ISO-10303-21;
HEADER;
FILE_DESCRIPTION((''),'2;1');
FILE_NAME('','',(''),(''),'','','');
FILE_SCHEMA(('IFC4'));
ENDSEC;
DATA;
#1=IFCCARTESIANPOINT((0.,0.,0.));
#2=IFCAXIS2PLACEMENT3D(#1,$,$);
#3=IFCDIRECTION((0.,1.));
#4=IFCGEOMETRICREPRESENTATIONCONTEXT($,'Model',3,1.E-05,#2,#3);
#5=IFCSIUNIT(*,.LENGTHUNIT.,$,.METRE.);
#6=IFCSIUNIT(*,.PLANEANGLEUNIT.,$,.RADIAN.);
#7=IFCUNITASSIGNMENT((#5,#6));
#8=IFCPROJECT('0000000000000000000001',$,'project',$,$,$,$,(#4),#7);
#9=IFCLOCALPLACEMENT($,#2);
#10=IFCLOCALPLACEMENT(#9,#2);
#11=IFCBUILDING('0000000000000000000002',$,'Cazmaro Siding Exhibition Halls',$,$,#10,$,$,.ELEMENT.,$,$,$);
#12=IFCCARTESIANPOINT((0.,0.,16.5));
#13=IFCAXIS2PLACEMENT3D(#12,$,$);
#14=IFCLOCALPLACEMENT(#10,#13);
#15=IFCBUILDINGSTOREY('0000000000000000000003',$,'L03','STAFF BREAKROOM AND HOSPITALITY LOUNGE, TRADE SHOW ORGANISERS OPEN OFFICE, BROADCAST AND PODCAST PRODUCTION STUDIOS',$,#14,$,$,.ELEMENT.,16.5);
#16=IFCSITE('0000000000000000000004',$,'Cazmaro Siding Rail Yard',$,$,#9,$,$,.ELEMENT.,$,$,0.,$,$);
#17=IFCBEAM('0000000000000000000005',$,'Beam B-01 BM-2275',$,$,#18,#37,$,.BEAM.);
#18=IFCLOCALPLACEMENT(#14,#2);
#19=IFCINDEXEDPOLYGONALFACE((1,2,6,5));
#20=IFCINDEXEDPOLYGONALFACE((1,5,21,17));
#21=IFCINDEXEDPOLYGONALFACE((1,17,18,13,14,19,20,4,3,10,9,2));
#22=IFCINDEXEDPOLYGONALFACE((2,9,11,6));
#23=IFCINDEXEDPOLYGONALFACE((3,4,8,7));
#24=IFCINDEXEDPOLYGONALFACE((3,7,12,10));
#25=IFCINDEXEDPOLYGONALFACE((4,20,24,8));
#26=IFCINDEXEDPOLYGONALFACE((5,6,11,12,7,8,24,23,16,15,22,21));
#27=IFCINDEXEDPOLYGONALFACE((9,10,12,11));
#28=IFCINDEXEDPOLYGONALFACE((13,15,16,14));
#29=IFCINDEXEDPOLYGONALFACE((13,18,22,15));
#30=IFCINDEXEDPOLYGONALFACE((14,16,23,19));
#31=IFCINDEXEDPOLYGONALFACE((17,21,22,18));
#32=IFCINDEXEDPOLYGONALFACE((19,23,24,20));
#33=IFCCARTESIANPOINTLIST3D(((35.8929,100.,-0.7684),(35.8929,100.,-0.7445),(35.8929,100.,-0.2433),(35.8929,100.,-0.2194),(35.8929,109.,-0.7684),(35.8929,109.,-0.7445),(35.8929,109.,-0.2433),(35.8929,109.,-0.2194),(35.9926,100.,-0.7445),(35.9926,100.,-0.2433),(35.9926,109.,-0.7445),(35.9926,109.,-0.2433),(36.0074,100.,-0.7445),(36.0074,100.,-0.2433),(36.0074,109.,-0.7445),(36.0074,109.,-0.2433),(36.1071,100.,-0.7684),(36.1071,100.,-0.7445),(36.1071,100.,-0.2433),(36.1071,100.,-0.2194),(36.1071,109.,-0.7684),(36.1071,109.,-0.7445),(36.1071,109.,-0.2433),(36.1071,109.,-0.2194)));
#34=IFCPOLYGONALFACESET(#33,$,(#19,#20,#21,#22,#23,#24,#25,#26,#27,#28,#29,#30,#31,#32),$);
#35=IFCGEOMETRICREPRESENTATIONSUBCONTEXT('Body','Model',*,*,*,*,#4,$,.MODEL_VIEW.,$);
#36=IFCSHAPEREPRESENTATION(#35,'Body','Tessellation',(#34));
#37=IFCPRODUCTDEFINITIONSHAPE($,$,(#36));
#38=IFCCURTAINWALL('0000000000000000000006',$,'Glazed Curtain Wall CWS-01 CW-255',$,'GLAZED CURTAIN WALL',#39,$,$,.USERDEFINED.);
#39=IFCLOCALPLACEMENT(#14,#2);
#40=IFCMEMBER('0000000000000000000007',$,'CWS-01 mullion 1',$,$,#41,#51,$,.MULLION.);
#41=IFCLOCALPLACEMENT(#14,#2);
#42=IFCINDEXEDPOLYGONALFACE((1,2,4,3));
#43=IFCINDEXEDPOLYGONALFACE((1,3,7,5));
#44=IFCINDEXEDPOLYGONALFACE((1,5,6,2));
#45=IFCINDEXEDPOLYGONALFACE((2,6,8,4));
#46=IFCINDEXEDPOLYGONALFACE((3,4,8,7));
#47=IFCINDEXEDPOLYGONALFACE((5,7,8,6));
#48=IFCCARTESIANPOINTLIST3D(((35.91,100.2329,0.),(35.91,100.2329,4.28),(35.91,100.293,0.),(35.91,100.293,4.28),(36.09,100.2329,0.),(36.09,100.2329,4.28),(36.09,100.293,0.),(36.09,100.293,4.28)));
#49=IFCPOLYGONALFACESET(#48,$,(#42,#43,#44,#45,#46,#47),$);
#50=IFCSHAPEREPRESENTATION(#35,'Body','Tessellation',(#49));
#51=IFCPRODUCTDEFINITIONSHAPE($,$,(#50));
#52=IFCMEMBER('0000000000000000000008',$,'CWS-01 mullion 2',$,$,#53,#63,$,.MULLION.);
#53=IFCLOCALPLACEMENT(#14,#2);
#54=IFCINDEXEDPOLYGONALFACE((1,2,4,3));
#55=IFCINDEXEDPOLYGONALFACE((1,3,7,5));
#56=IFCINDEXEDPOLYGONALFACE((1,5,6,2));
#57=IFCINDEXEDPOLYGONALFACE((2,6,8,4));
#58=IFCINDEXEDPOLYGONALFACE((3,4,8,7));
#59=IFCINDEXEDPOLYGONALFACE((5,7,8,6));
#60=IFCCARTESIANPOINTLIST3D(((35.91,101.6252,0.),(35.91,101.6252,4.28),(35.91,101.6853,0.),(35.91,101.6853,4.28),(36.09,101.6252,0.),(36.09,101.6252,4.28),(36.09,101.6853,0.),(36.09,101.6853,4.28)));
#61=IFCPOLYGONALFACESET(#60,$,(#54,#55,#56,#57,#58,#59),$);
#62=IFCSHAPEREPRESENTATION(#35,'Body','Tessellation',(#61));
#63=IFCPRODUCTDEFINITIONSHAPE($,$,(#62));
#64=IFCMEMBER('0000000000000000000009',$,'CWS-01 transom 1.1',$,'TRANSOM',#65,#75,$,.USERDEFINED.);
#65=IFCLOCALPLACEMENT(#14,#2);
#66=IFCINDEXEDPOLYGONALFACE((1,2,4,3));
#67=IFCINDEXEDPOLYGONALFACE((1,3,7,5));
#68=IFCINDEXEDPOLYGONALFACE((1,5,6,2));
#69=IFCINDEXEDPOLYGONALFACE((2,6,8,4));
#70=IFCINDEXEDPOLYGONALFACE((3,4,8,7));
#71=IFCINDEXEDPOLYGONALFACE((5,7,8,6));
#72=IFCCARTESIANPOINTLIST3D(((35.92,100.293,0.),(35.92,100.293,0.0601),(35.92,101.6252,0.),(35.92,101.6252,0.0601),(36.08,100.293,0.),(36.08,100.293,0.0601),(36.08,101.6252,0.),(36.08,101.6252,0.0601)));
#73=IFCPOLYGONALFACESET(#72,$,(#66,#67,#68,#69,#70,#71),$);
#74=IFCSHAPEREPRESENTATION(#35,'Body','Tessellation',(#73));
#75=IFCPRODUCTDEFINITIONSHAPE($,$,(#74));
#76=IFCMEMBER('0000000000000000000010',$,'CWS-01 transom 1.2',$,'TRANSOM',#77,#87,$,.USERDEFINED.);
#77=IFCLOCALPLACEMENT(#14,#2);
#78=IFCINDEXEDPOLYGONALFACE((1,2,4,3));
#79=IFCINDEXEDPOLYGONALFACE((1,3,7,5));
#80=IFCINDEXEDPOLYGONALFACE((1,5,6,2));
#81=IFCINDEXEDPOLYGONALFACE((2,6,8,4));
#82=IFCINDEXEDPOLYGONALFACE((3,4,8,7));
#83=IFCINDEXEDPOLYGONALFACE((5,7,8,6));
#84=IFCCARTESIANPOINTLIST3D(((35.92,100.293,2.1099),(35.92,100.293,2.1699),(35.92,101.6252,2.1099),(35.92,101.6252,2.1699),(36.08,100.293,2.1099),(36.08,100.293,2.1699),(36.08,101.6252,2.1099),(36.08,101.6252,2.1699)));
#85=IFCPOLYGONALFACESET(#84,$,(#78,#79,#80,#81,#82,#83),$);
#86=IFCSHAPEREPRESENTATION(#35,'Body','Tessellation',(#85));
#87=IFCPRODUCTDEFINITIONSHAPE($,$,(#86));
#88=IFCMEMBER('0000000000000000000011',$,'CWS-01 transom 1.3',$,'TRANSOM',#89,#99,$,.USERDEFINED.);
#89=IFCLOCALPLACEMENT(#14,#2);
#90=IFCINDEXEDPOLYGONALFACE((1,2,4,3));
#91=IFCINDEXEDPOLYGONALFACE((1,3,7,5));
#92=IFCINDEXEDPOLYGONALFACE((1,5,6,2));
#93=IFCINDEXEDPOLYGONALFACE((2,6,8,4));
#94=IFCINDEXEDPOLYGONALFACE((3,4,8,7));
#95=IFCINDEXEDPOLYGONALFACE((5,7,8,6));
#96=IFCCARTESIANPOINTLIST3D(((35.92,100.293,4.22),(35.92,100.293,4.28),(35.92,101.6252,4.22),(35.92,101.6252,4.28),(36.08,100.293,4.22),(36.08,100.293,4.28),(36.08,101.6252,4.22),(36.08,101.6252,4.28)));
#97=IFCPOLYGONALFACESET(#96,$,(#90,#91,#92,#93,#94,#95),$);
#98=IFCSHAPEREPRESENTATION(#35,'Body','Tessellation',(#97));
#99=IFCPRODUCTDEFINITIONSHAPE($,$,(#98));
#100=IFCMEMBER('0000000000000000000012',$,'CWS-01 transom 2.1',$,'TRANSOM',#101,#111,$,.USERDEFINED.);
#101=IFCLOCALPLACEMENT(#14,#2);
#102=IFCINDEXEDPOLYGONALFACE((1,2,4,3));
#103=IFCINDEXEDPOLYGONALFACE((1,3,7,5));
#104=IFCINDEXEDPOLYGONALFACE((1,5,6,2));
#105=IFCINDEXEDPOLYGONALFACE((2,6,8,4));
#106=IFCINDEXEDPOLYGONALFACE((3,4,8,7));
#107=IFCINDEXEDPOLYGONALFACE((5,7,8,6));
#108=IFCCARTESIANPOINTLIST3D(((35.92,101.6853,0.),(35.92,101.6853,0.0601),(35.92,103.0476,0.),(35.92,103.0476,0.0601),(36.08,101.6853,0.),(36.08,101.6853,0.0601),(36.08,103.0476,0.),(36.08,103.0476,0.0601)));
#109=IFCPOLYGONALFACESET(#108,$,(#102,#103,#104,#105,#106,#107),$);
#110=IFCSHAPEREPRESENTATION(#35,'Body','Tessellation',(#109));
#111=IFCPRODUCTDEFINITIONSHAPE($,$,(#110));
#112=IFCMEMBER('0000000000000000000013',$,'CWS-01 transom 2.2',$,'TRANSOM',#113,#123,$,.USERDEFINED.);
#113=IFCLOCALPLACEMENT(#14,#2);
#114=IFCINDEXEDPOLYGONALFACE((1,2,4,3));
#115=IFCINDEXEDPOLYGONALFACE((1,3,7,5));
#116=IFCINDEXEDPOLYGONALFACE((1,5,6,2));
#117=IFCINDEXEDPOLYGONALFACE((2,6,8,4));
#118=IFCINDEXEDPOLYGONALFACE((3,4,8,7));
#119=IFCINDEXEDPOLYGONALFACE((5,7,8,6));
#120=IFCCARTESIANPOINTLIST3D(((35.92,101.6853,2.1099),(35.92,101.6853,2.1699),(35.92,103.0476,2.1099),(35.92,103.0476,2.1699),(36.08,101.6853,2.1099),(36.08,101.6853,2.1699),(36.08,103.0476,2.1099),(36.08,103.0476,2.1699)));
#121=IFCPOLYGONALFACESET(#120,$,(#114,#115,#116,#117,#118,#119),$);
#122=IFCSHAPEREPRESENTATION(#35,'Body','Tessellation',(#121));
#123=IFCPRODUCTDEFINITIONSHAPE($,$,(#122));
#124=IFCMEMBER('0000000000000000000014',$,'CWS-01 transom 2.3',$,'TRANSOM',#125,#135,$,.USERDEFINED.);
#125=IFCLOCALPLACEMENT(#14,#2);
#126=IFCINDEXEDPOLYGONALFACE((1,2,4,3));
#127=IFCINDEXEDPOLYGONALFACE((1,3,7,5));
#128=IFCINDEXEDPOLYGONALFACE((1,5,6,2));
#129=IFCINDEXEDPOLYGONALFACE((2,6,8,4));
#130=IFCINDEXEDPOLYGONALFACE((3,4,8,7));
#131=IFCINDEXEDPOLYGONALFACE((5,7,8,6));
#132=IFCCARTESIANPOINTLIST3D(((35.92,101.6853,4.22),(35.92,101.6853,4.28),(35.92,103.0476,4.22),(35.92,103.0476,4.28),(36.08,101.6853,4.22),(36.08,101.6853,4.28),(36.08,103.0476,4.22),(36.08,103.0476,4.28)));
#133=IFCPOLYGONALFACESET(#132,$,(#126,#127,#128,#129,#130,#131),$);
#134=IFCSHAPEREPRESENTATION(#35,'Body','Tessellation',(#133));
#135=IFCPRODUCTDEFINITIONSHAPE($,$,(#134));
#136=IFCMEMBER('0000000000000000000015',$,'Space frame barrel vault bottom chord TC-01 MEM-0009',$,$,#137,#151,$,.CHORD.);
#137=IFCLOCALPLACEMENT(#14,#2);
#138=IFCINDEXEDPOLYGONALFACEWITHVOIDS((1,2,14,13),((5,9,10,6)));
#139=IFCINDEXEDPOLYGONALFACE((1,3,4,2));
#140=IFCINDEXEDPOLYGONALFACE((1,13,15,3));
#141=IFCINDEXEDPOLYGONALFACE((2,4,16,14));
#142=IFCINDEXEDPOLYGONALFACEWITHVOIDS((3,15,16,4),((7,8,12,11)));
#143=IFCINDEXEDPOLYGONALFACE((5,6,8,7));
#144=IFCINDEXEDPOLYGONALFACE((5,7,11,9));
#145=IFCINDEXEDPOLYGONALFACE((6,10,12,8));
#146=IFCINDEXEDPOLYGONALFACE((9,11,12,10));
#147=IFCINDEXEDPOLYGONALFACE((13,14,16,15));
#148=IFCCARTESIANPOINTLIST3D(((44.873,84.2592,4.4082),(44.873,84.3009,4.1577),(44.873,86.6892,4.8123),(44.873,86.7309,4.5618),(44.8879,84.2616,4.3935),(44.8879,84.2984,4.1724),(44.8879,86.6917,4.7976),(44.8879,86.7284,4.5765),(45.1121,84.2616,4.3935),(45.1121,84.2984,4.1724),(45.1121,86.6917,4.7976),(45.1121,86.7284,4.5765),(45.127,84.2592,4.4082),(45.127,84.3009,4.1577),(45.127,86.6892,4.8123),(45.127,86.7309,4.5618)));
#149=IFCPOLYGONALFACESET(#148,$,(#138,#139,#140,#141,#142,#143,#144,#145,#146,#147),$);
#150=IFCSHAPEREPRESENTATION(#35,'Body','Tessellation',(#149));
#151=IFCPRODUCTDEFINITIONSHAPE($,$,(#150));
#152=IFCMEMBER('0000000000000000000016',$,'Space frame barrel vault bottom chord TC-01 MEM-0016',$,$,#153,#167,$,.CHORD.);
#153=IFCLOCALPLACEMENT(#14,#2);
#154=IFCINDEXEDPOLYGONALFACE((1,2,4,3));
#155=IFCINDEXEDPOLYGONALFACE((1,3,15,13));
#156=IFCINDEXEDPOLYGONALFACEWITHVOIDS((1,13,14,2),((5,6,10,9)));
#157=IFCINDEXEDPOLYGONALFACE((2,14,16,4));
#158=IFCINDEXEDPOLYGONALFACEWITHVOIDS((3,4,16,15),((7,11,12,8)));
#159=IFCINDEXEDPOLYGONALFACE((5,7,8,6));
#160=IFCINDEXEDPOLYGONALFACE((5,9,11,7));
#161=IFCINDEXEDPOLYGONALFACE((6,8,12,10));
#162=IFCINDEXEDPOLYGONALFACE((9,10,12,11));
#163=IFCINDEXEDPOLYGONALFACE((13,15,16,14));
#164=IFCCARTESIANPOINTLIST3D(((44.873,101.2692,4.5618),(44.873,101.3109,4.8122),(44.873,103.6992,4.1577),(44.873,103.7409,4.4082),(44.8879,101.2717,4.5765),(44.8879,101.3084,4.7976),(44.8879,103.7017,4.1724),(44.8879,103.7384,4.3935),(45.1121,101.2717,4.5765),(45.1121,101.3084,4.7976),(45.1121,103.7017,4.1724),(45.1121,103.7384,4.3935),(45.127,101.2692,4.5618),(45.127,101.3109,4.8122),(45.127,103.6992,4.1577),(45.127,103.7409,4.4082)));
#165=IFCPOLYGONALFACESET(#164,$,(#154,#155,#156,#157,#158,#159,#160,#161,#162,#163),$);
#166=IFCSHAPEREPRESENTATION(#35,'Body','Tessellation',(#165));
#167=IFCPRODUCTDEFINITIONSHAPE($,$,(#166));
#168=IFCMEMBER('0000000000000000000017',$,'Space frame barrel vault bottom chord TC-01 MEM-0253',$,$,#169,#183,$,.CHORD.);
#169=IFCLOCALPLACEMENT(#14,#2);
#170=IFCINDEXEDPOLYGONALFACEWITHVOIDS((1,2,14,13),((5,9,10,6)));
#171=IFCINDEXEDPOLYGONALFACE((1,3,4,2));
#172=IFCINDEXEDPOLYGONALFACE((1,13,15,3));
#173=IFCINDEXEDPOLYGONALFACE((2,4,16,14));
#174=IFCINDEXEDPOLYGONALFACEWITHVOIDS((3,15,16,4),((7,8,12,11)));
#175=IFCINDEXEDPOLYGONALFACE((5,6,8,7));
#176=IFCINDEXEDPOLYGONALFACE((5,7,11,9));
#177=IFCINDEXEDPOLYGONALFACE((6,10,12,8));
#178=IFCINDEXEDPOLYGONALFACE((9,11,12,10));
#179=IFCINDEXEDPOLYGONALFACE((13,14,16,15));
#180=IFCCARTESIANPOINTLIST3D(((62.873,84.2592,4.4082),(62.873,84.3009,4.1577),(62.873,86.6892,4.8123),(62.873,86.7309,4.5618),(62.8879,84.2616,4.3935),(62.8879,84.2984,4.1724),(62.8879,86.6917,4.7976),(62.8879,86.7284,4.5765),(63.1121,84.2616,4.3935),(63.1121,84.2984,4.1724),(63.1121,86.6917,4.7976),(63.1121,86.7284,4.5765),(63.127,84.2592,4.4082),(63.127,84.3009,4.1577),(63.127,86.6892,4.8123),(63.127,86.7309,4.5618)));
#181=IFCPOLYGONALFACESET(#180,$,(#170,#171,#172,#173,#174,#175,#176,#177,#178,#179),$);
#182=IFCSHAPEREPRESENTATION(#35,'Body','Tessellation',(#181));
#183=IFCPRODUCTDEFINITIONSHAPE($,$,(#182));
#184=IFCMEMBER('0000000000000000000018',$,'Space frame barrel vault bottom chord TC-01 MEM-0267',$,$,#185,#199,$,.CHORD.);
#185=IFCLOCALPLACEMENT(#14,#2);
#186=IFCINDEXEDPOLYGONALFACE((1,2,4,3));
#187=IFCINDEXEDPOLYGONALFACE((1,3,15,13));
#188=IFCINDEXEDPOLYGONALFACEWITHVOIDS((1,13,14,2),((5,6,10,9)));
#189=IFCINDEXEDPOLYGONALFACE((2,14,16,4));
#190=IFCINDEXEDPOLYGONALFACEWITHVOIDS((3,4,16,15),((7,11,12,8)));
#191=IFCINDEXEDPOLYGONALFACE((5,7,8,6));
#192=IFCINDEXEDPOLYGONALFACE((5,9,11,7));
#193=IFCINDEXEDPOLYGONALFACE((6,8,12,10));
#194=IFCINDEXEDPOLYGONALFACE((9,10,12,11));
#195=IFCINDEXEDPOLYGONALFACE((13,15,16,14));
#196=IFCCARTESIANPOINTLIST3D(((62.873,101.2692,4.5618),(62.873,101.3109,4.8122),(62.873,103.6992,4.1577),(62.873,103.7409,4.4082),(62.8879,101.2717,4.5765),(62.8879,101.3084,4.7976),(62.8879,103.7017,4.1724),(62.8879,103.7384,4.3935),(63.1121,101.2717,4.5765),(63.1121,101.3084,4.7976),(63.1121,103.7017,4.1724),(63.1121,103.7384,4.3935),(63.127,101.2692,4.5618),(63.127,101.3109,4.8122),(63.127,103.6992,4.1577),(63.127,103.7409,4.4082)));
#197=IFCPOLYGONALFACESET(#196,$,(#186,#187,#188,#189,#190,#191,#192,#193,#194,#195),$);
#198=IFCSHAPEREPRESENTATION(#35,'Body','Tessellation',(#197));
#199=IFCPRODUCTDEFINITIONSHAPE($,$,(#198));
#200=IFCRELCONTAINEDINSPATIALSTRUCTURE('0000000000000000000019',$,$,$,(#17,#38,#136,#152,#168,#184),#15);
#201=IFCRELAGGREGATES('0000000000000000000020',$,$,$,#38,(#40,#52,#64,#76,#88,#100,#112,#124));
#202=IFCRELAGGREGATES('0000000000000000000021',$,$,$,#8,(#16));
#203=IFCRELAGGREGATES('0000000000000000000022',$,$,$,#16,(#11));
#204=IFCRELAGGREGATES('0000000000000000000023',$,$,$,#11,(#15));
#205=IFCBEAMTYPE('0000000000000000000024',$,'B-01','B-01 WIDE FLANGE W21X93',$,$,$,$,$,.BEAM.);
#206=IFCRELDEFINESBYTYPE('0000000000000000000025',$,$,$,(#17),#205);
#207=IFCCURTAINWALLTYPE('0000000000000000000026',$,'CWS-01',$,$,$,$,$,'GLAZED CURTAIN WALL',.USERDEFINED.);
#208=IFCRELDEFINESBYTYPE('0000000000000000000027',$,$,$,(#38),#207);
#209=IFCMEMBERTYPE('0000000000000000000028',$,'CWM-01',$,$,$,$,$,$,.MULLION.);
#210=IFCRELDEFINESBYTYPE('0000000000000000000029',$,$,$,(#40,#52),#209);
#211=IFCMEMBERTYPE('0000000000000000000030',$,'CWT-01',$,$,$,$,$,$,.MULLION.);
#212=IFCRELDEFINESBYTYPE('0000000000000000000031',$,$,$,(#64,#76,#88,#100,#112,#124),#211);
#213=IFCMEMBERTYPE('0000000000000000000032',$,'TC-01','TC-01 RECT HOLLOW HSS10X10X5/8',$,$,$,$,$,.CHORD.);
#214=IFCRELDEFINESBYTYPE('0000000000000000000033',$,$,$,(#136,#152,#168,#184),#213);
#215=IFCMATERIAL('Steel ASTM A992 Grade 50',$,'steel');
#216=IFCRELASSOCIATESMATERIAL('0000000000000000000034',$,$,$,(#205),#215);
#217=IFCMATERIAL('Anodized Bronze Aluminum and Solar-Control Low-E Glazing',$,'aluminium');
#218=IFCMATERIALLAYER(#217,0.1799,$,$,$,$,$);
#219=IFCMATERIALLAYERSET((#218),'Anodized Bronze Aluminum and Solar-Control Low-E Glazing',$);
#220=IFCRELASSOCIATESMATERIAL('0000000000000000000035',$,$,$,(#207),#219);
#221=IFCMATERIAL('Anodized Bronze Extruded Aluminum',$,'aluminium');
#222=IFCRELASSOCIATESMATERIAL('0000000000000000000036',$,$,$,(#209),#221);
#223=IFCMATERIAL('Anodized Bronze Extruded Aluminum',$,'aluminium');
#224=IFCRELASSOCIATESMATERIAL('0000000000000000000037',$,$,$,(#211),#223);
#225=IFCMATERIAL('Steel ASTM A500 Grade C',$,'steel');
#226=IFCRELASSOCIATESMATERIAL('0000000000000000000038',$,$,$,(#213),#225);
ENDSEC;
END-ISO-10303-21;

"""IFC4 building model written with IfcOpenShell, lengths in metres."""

from ifc_helpers import new_model, si_unit, direction, frame, origin, origin_2d, place, context, subcontext, project, spatial, rectangle, hollow_rectangle, i_section, extrude, material, layer, layer_set, material_profile, profile_set, type_object, element, aggregate, save


model = new_model("IFC4")

# Units and contexts
model_context = context("Model", 3, precision=1e-05, world=origin(), true_north=direction((0.0, 1.0)))
body_context = subcontext(model_context, "Body", "Model", "MODEL_VIEW")
ifc_project = project(units=[si_unit("LENGTHUNIT", "METRE"), si_unit("PLANEANGLEUNIT", "RADIAN")], contexts=[model_context])

# Site, building, storey
site_placement = place(None, origin())
site = spatial("IfcSite", under=ifc_project, at=site_placement, Name="Cazmaro Siding Rail Yard", CompositionType="ELEMENT", RefElevation=0.0)
building_placement = place(site_placement, origin())
building = spatial("IfcBuilding", under=site, at=building_placement, Name="Cazmaro Siding Exhibition Halls", CompositionType="ELEMENT")
storey_placement = place(building_placement, frame((0.0, 0.0, 16.5)))
storey = spatial("IfcBuildingStorey", under=building, at=storey_placement, Name="L03", Description="STAFF BREAKROOM AND HOSPITALITY LOUNGE, TRADE SHOW ORGANISERS OPEN OFFICE, BROADCAST AND PODCAST PRODUCTION STUDIOS", CompositionType="ELEMENT", Elevation=16.5)

# Beam
ifc_material_1 = material(Name="Steel ASTM A992 Grade 50", Category="steel")
ifc_material_profile_1 = material_profile(ifc_material_1, i_section(OverallWidth=0.2141, OverallDepth=0.5491, WebThickness=0.0149, FlangeThickness=0.0239, at=origin_2d()), Name="W21X93")
ifc_profile_set_1 = profile_set([ifc_material_profile_1], Name="Steel ASTM A992 Grade 50")
beam_type = type_object("IfcBeamType", Name="B-01", Description="B-01 WIDE FLANGE W21X93", PredefinedType="BEAM", material=ifc_profile_set_1)
beam_placement = place(storey_placement, frame((36.0, 100.0, -0.4939), z_axis=(0.0, 1.0, 0.0), x_axis=(-1.0, 0.0, 0.0)))
element("IfcBeam", 1, at=beam_placement, inside=storey, type_object=beam_type, Name="Beam B-01 BM-2275", PredefinedType="BEAM", context=body_context, shape_type="SweptSolid", body=[
    extrude(i_section(OverallWidth=0.2141, OverallDepth=0.5491, WebThickness=0.0149, FlangeThickness=0.0239, at=origin_2d()), origin(), (0.0, 0.0, 1.0), 9.0),
])

# Curtain wall, members
ifc_material_2 = material(Name="Anodized Bronze Aluminum and Solar-Control Low-E Glazing", Category="aluminium")
ifc_layer_1 = layer(ifc_material_2, 0.1799)
ifc_layer_set_1 = layer_set([ifc_layer_1], Name="Anodized Bronze Aluminum and Solar-Control Low-E Glazing")
curtain_wall_type = type_object("IfcCurtainWallType", Name="CWS-01", ElementType="GLAZED CURTAIN WALL", PredefinedType="USERDEFINED", material=ifc_layer_set_1)
curtain_wall_placement = place(storey_placement, origin())
curtain_wall = element("IfcCurtainWall", 2, at=curtain_wall_placement, inside=storey, type_object=curtain_wall_type, Name="Glazed Curtain Wall CWS-01 CW-255", ObjectType="GLAZED CURTAIN WALL", PredefinedType="USERDEFINED")
ifc_material_3 = material(Name="Anodized Bronze Extruded Aluminum", Category="aluminium")
ifc_material_profile_2 = material_profile(ifc_material_3, rectangle(XDim=0.1799, YDim=0.0601, at=origin_2d()), Name="CWM-01")
ifc_profile_set_2 = profile_set([ifc_material_profile_2], Name="Anodized Bronze Extruded Aluminum")
member_type_1 = type_object("IfcMemberType", Name="CWM-01", PredefinedType="MULLION", material=ifc_profile_set_2)
member_1_placement = place(storey_placement, frame((36.0, 100.2629, 0.0), z_axis=(0.0, 0.0, 1.0), x_axis=(-1.0, 0.0, 0.0)))
member_1 = element("IfcMember", 3, at=member_1_placement, type_object=member_type_1, Name="CWS-01 mullion 1", PredefinedType="MULLION", context=body_context, shape_type="SweptSolid", body=[
    extrude(rectangle(XDim=0.1799, YDim=0.0601, at=origin_2d()), origin(), (0.0, 0.0, 1.0), 4.28),
])
member_2_placement = place(storey_placement, frame((36.0, 101.6553, 0.0), z_axis=(0.0, 0.0, 1.0), x_axis=(-1.0, 0.0, 0.0)))
member_2 = element("IfcMember", 4, at=member_2_placement, type_object=member_type_1, Name="CWS-01 mullion 2", PredefinedType="MULLION", context=body_context, shape_type="SweptSolid", body=[
    extrude(rectangle(XDim=0.1799, YDim=0.0601, at=origin_2d()), origin(), (0.0, 0.0, 1.0), 4.28),
])
ifc_material_4 = material(Name="Anodized Bronze Extruded Aluminum", Category="aluminium")
ifc_material_profile_3 = material_profile(ifc_material_4, rectangle(XDim=0.1599, YDim=0.0601, at=origin_2d()), Name="CWT-01")
ifc_profile_set_3 = profile_set([ifc_material_profile_3], Name="Anodized Bronze Extruded Aluminum")
member_type_2 = type_object("IfcMemberType", Name="CWT-01", PredefinedType="MULLION", material=ifc_profile_set_3)
member_3_placement = place(storey_placement, frame((36.0, 100.293, 0.03), z_axis=(0.0, 1.0, 0.0), x_axis=(-1.0, 0.0, 0.0)))
member_3 = element("IfcMember", 5, at=member_3_placement, type_object=member_type_2, Name="CWS-01 transom 1.1", ObjectType="TRANSOM", PredefinedType="USERDEFINED", context=body_context, shape_type="SweptSolid", body=[
    extrude(rectangle(XDim=0.1599, YDim=0.0601, at=origin_2d()), origin(), (0.0, 0.0, 1.0), 1.3323),
])
member_4_placement = place(storey_placement, frame((36.0, 100.293, 2.1399), z_axis=(0.0, 1.0, 0.0), x_axis=(-1.0, 0.0, 0.0)))
member_4 = element("IfcMember", 6, at=member_4_placement, type_object=member_type_2, Name="CWS-01 transom 1.2", ObjectType="TRANSOM", PredefinedType="USERDEFINED", context=body_context, shape_type="SweptSolid", body=[
    extrude(rectangle(XDim=0.1599, YDim=0.0601, at=origin_2d()), origin(), (0.0, 0.0, 1.0), 1.3323),
])
member_5_placement = place(storey_placement, frame((36.0, 100.293, 4.25), z_axis=(0.0, 1.0, 0.0), x_axis=(-1.0, 0.0, 0.0)))
member_5 = element("IfcMember", 7, at=member_5_placement, type_object=member_type_2, Name="CWS-01 transom 1.3", ObjectType="TRANSOM", PredefinedType="USERDEFINED", context=body_context, shape_type="SweptSolid", body=[
    extrude(rectangle(XDim=0.1599, YDim=0.0601, at=origin_2d()), origin(), (0.0, 0.0, 1.0), 1.3323),
])
member_6_placement = place(storey_placement, frame((36.0, 101.6853, 0.03), z_axis=(0.0, 1.0, 0.0), x_axis=(-1.0, 0.0, 0.0)))
member_6 = element("IfcMember", 8, at=member_6_placement, type_object=member_type_2, Name="CWS-01 transom 2.1", ObjectType="TRANSOM", PredefinedType="USERDEFINED", context=body_context, shape_type="SweptSolid", body=[
    extrude(rectangle(XDim=0.1599, YDim=0.0601, at=origin_2d()), origin(), (0.0, 0.0, 1.0), 1.3623),
])
member_7_placement = place(storey_placement, frame((36.0, 101.6853, 2.1399), z_axis=(0.0, 1.0, 0.0), x_axis=(-1.0, 0.0, 0.0)))
member_7 = element("IfcMember", 9, at=member_7_placement, type_object=member_type_2, Name="CWS-01 transom 2.2", ObjectType="TRANSOM", PredefinedType="USERDEFINED", context=body_context, shape_type="SweptSolid", body=[
    extrude(rectangle(XDim=0.1599, YDim=0.0601, at=origin_2d()), origin(), (0.0, 0.0, 1.0), 1.3623),
])
member_8_placement = place(storey_placement, frame((36.0, 101.6853, 4.25), z_axis=(0.0, 1.0, 0.0), x_axis=(-1.0, 0.0, 0.0)))
member_8 = element("IfcMember", 10, at=member_8_placement, type_object=member_type_2, Name="CWS-01 transom 2.3", ObjectType="TRANSOM", PredefinedType="USERDEFINED", context=body_context, shape_type="SweptSolid", body=[
    extrude(rectangle(XDim=0.1599, YDim=0.0601, at=origin_2d()), origin(), (0.0, 0.0, 1.0), 1.3623),
])

# Members
ifc_material_5 = material(Name="Steel ASTM A500 Grade C", Category="steel")
ifc_material_profile_4 = material_profile(ifc_material_5, hollow_rectangle(XDim=0.2539, YDim=0.2539, WallThickness=0.0149, at=origin_2d()), Name="HSS10X10X5/8")
ifc_profile_set_4 = profile_set([ifc_material_profile_4], Name="Steel ASTM A500 Grade C")
member_type_3 = type_object("IfcMemberType", Name="TC-01", Description="TC-01 RECT HOLLOW HSS10X10X5/8", PredefinedType="CHORD", material=ifc_profile_set_4)
for number, where, z_axis, x_axis, name in (
    (11, (45.0, 84.28, 4.283), (0.0, 0.986455, 0.164029), (-1.0, 0.0, 0.0), "Space frame barrel vault bottom chord TC-01 MEM-0009"),
    (12, (45.0, 101.29, 4.687), (0.0, 0.986455, -0.164029), (-1.0, 0.0, 0.0), "Space frame barrel vault bottom chord TC-01 MEM-0016"),
    (13, (63.0, 84.28, 4.283), (0.0, 0.986455, 0.164029), (-1.0, 0.0, 0.0), "Space frame barrel vault bottom chord TC-01 MEM-0253"),
    (14, (63.0, 101.29, 4.687), (0.0, 0.986455, -0.164029), (-1.0, 0.0, 0.0), "Space frame barrel vault bottom chord TC-01 MEM-0267"),
):
    element("IfcMember", number, at=place(storey_placement, frame(where, z_axis=z_axis, x_axis=x_axis)), inside=storey, type_object=member_type_3, Name=name, PredefinedType="CHORD", context=body_context, shape_type="SweptSolid", body=[
        extrude(hollow_rectangle(XDim=0.2539, YDim=0.2539, WallThickness=0.0149, at=origin_2d()), origin(), (0.0, 0.0, 1.0), 2.4634),
    ])

aggregate(curtain_wall, [member_1, member_2, member_3, member_4, member_5, member_6, member_7, member_8])

save(model, "model.ifc")
